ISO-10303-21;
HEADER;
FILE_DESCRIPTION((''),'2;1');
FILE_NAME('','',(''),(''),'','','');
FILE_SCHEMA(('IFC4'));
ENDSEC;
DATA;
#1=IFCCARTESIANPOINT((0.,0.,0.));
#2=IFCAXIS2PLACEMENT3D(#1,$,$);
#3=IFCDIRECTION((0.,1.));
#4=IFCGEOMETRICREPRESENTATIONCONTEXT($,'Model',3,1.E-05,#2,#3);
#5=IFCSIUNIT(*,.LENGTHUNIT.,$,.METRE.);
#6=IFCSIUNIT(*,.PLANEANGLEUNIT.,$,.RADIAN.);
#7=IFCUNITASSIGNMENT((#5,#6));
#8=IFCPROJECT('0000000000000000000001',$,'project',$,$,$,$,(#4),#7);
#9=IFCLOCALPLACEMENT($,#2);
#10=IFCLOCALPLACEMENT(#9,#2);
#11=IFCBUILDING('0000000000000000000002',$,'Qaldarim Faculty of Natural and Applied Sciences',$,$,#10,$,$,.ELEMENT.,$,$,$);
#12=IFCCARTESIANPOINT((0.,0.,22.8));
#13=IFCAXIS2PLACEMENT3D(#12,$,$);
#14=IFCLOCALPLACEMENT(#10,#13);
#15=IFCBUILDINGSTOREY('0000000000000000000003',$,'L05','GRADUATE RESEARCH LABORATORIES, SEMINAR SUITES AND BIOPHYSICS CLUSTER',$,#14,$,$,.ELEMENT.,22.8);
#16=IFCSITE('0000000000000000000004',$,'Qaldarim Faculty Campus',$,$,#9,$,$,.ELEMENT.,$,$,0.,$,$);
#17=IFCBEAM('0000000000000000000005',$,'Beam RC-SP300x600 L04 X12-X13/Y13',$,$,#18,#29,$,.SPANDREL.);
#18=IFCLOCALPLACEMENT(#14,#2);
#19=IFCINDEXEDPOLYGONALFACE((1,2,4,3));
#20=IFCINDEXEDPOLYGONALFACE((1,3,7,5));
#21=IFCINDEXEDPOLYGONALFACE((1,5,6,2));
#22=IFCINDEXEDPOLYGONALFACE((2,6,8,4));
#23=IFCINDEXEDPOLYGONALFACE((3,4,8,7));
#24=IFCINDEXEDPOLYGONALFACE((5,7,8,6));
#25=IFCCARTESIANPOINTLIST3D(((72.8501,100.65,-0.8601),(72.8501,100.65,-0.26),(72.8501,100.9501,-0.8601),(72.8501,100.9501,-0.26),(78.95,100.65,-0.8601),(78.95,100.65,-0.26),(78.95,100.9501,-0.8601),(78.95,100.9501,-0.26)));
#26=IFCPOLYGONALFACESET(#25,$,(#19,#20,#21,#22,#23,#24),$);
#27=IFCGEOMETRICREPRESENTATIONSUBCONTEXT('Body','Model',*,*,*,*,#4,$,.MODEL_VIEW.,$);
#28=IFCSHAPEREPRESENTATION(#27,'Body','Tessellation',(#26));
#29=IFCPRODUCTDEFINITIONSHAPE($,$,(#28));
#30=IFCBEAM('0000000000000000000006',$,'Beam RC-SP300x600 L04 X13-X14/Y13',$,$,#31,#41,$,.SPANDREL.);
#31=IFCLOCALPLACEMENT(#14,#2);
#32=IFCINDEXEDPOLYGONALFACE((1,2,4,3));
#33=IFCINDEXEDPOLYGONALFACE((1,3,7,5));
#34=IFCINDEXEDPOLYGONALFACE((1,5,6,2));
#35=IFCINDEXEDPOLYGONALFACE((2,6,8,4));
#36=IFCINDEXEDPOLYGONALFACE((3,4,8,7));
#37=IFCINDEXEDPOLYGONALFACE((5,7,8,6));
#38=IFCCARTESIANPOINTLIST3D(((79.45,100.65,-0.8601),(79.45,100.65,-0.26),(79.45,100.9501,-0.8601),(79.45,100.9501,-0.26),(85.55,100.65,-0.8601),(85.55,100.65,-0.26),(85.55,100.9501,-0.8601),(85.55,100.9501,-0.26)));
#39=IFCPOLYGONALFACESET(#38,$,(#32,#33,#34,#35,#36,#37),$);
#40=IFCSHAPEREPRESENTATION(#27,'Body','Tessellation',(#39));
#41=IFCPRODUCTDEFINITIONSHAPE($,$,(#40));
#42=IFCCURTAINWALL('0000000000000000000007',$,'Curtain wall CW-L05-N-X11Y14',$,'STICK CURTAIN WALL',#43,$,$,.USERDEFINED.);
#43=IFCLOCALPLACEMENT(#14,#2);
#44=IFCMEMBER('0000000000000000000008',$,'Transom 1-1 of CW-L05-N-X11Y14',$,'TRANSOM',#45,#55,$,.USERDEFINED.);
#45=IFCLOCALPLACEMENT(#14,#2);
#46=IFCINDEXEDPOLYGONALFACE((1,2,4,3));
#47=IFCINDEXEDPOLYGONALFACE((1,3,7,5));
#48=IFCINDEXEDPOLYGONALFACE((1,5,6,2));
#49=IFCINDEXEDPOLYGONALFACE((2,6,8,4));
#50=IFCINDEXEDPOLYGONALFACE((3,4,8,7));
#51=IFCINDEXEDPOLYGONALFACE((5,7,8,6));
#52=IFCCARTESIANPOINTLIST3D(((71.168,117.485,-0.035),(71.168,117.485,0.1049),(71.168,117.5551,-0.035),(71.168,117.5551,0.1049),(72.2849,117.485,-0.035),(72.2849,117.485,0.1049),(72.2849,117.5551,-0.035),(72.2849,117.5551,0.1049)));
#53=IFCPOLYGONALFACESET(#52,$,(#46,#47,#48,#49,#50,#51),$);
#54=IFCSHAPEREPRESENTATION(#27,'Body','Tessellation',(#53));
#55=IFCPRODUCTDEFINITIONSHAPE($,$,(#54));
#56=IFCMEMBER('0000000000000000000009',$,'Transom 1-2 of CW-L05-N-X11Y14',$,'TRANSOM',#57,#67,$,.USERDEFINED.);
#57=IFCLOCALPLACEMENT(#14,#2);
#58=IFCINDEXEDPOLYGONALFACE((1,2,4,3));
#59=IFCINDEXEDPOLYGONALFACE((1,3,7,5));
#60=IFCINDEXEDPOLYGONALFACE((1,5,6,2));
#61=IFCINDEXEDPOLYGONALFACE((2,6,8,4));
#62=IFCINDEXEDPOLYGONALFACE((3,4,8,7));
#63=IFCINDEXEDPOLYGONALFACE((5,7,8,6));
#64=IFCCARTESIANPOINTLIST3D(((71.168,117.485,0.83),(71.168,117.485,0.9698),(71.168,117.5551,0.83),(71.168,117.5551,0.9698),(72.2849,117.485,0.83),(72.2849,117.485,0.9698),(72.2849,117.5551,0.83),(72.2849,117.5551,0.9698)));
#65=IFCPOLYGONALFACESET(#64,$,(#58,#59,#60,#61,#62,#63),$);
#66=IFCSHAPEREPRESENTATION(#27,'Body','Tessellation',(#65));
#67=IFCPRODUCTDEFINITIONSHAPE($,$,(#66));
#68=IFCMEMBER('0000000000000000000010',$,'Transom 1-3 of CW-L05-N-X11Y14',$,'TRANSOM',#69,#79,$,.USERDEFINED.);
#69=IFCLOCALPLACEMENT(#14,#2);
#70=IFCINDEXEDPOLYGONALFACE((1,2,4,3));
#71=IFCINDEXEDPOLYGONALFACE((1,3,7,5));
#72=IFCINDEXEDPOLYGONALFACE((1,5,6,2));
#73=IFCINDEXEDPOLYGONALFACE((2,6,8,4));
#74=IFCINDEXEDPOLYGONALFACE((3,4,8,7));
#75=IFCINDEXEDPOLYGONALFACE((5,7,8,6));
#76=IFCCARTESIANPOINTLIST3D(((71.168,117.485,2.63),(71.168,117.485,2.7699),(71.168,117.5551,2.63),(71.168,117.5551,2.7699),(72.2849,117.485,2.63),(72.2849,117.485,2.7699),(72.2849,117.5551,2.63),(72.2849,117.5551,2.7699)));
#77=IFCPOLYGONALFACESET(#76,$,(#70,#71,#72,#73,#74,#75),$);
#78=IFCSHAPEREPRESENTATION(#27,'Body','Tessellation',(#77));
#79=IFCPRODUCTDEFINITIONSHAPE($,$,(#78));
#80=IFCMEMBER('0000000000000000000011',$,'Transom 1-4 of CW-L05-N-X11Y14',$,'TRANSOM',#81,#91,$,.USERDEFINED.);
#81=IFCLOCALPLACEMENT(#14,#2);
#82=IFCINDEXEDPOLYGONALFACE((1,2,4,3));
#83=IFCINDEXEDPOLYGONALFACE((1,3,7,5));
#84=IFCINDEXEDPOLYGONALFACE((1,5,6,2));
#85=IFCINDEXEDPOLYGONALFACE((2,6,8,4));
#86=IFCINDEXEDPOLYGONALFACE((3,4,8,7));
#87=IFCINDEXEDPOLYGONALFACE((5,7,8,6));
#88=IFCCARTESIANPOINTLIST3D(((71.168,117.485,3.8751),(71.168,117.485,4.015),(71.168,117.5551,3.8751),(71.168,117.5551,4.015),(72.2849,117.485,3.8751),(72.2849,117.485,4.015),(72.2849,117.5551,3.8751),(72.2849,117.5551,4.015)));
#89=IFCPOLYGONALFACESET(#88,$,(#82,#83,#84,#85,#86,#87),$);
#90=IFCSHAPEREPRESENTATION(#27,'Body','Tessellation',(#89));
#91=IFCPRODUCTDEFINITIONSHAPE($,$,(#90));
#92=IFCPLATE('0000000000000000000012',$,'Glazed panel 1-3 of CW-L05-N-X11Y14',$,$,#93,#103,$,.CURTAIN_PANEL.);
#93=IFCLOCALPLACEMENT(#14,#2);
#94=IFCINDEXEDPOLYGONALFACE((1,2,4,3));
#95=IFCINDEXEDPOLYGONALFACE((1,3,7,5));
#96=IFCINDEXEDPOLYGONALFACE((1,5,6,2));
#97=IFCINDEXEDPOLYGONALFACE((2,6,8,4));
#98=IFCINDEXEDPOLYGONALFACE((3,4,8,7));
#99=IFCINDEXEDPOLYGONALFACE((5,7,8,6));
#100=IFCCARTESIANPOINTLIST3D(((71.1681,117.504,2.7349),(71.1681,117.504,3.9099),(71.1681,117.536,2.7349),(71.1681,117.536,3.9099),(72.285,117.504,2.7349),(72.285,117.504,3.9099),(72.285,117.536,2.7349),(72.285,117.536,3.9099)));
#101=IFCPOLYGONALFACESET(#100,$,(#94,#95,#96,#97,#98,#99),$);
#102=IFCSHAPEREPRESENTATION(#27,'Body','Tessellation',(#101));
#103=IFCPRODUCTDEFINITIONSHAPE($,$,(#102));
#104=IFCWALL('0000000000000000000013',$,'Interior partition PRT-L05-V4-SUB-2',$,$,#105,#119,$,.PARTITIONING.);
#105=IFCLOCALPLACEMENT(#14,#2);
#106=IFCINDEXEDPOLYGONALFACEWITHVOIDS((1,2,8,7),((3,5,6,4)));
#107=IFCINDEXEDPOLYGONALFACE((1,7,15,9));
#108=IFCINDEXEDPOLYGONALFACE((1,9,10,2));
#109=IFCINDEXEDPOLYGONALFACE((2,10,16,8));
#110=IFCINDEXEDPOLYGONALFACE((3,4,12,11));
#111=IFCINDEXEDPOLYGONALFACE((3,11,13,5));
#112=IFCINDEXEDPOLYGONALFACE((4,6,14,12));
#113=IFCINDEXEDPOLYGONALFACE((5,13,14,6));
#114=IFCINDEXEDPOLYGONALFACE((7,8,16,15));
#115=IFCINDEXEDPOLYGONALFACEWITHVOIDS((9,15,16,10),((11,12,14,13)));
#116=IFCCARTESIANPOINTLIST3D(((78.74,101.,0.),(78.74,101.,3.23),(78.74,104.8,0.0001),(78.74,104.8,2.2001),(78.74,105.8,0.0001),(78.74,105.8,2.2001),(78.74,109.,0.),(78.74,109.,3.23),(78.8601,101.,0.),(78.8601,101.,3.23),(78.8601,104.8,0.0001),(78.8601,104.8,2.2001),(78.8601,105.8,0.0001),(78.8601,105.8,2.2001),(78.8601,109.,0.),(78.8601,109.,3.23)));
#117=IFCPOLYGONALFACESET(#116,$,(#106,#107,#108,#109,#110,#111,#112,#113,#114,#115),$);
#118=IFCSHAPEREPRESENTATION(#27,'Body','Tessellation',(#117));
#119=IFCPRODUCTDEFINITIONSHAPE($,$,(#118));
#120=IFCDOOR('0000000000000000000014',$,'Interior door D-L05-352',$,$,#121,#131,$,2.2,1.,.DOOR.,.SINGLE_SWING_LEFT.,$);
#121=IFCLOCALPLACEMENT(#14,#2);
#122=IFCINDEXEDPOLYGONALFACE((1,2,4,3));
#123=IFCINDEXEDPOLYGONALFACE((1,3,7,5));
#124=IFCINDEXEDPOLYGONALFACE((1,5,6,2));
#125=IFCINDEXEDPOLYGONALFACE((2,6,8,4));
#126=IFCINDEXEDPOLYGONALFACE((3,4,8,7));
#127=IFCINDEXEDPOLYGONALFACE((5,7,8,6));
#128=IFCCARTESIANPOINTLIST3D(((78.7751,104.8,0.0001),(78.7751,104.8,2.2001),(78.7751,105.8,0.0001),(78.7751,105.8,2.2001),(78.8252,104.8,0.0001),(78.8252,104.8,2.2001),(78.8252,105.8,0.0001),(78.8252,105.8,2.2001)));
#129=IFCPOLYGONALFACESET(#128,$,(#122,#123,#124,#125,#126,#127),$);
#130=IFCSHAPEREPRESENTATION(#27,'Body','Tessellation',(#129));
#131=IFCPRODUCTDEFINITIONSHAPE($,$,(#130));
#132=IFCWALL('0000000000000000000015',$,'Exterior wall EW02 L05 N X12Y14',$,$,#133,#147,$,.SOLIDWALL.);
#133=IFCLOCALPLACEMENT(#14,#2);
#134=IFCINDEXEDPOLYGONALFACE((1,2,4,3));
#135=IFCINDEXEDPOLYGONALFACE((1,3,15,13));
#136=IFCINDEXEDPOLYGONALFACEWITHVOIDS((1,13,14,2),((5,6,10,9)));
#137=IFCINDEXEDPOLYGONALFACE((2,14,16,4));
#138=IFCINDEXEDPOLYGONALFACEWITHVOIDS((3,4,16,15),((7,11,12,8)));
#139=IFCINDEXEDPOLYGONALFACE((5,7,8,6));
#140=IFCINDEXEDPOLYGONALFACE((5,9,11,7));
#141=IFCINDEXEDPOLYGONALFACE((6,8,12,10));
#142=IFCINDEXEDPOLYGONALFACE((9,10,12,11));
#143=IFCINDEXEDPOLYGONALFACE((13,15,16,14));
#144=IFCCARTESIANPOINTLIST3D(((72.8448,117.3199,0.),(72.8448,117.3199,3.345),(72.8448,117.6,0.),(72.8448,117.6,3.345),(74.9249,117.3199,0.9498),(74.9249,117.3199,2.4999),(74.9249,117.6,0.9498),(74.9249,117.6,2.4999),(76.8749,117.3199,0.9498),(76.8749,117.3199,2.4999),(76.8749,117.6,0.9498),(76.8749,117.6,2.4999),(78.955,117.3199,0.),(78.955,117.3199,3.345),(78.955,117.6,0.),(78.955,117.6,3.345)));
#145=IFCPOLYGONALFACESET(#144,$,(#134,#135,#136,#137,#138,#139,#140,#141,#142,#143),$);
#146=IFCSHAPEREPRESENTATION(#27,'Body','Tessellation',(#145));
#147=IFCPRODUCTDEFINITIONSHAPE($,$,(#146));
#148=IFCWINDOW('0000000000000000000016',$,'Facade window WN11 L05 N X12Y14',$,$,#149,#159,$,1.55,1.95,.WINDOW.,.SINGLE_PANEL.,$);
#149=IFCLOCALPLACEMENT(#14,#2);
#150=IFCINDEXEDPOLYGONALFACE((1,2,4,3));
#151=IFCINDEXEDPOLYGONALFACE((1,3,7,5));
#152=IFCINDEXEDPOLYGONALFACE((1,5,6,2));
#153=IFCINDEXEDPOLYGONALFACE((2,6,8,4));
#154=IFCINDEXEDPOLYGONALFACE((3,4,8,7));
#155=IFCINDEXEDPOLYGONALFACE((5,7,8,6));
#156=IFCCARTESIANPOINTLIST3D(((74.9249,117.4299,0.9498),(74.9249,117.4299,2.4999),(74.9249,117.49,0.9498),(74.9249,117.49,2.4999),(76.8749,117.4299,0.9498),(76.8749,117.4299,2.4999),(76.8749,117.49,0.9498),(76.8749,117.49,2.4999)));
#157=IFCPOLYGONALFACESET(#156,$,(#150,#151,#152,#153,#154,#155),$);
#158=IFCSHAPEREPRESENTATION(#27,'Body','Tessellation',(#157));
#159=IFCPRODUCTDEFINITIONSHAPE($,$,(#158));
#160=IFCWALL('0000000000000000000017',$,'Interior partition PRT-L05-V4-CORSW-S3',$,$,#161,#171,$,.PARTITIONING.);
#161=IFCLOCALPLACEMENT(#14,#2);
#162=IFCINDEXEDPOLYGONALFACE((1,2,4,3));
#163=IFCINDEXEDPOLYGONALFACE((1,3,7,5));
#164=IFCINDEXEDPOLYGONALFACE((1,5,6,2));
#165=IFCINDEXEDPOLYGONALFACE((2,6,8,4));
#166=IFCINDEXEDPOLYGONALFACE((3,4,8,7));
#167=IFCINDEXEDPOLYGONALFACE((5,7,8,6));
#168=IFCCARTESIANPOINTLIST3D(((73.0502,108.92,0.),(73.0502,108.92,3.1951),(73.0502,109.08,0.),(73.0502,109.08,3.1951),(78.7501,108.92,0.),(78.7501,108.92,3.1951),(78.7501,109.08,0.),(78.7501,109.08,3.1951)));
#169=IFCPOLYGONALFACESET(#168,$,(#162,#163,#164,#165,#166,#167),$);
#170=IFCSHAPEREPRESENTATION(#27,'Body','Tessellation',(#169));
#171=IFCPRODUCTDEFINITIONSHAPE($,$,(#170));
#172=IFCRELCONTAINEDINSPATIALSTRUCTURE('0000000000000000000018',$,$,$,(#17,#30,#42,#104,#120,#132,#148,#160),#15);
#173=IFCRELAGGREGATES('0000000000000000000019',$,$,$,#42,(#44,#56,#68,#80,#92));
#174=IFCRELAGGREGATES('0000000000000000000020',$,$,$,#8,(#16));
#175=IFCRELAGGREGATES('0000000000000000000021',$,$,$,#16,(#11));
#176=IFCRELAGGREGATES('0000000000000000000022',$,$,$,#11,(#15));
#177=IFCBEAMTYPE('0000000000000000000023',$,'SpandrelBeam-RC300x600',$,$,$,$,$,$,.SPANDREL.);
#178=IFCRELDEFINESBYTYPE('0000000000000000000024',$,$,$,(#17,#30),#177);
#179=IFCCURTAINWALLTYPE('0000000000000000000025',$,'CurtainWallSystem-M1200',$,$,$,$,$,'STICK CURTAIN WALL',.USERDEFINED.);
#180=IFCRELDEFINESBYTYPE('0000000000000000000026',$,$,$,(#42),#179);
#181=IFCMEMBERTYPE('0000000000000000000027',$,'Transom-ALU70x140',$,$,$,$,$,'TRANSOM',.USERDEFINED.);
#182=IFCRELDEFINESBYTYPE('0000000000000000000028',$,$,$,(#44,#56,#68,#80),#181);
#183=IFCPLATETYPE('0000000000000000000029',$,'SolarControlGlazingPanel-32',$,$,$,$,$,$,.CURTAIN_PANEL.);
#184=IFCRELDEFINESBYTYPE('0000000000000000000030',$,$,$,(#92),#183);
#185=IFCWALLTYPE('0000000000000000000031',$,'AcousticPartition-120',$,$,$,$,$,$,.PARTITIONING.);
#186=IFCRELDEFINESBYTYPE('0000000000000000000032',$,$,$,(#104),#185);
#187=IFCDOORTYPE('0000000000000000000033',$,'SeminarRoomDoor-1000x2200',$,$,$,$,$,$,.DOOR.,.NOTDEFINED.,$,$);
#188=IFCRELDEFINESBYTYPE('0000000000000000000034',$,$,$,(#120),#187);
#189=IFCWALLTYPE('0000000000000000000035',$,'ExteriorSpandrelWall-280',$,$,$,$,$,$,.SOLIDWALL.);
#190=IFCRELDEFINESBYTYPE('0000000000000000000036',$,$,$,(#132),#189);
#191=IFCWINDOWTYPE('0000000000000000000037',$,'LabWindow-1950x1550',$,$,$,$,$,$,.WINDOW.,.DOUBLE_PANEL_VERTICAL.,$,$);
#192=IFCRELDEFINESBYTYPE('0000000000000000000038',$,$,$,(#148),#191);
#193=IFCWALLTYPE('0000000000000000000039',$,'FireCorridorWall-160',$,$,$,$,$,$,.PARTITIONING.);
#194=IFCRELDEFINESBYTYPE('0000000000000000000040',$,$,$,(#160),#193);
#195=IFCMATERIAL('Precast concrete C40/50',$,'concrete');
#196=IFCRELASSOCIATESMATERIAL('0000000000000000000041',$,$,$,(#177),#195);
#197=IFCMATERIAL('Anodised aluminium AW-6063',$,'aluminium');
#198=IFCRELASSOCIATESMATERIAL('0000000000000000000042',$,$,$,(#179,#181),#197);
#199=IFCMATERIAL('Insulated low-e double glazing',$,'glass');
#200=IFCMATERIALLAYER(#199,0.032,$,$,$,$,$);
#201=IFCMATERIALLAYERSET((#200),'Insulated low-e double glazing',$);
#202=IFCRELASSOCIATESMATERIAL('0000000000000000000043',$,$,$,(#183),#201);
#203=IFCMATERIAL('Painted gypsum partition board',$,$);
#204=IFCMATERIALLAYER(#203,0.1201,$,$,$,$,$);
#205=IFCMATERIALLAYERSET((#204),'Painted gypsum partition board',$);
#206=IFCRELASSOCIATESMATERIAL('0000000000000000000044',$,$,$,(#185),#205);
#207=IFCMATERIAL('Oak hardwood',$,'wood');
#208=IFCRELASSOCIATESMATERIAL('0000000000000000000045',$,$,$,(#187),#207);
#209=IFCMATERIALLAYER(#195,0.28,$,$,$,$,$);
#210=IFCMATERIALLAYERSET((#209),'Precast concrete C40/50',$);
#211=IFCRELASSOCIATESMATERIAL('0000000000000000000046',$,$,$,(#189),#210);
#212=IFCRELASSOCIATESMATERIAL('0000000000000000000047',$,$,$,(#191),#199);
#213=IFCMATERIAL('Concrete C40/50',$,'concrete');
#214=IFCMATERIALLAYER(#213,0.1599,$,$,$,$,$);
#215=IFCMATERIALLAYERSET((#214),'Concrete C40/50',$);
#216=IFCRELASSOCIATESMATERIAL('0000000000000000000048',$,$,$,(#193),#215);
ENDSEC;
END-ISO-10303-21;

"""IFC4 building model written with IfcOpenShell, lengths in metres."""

from ifc_helpers import new_model, si_unit, direction, frame, frame_2d, origin, origin_2d, place, context, subcontext, project, spatial, rectangle, extrude, material, layer, layer_set, material_profile, profile_set, type_object, element, fill, aggregate, save


model = new_model("IFC4")

# Units and contexts
model_context = context("Model", 3, precision=1e-05, world=origin(), true_north=direction((0.0, 1.0)))
body_context = subcontext(model_context, "Body", "Model", "MODEL_VIEW")
ifc_project = project(units=[si_unit("LENGTHUNIT", "METRE"), si_unit("PLANEANGLEUNIT", "RADIAN")], contexts=[model_context])

# Site, building, storey
site_placement = place(None, origin())
site = spatial("IfcSite", under=ifc_project, at=site_placement, Name="Qaldarim Faculty Campus", CompositionType="ELEMENT", RefElevation=0.0)
building_placement = place(site_placement, origin())
building = spatial("IfcBuilding", under=site, at=building_placement, Name="Qaldarim Faculty of Natural and Applied Sciences", CompositionType="ELEMENT")
storey_placement = place(building_placement, frame((0.0, 0.0, 22.8)))
storey = spatial("IfcBuildingStorey", under=building, at=storey_placement, Name="L05", Description="GRADUATE RESEARCH LABORATORIES, SEMINAR SUITES AND BIOPHYSICS CLUSTER", CompositionType="ELEMENT", Elevation=22.8)

# Beams
ifc_material_1 = material(Name="Concrete C40/50", Category="concrete")
ifc_material_2 = material(Name="Precast concrete C40/50", Category="concrete")
ifc_material_profile_1 = material_profile(ifc_material_2, rectangle(XDim=0.3, YDim=0.6001, at=origin_2d()), Name="RC-SP300x600")
ifc_profile_set_1 = profile_set([ifc_material_profile_1], Name="Precast concrete C40/50")
beam_type_1 = type_object("IfcBeamType", Name="SpandrelBeam-RC300x600", PredefinedType="SPANDREL", material=ifc_profile_set_1)
beam_1_placement = place(storey_placement, frame((72.8501, 100.8, -0.5601), z_axis=(1.0, 0.0, 0.0), x_axis=(0.0, 1.0, 0.0)))
element("IfcBeam", 1, at=beam_1_placement, inside=storey, type_object=beam_type_1, Name="Beam RC-SP300x600 L04 X12-X13/Y13", PredefinedType="SPANDREL", context=body_context, shape_type="SweptSolid", body=[
    extrude(rectangle(XDim=0.3, YDim=0.6001, at=origin_2d()), origin(), (0.0, 0.0, 1.0), 6.0999),
])
beam_2_placement = place(storey_placement, frame((79.45, 100.8, -0.5601), z_axis=(1.0, 0.0, 0.0), x_axis=(0.0, 1.0, 0.0)))
element("IfcBeam", 2, at=beam_2_placement, inside=storey, type_object=beam_type_1, Name="Beam RC-SP300x600 L04 X13-X14/Y13", PredefinedType="SPANDREL", context=body_context, shape_type="SweptSolid", body=[
    extrude(rectangle(XDim=0.3, YDim=0.6001, at=origin_2d()), origin(), (0.0, 0.0, 1.0), 6.1001),
])

# Curtain wall, members, plate
ifc_material_3 = material(Name="Anodised aluminium AW-6063", Category="aluminium")
curtain_wall_type = type_object("IfcCurtainWallType", Name="CurtainWallSystem-M1200", ElementType="STICK CURTAIN WALL", PredefinedType="USERDEFINED", material=ifc_material_3)
curtain_wall_placement = place(storey_placement, origin())
curtain_wall = element("IfcCurtainWall", 3, at=curtain_wall_placement, inside=storey, type_object=curtain_wall_type, Name="Curtain wall CW-L05-N-X11Y14", ObjectType="STICK CURTAIN WALL", PredefinedType="USERDEFINED")
ifc_material_profile_2 = material_profile(ifc_material_3, rectangle(XDim=0.0701, YDim=0.1399, at=origin_2d()), Name="ALU-T70x140")
ifc_profile_set_2 = profile_set([ifc_material_profile_2], Name="Anodised aluminium AW-6063")
member_type = type_object("IfcMemberType", Name="Transom-ALU70x140", ElementType="TRANSOM", PredefinedType="USERDEFINED", material=ifc_profile_set_2)
member_1_placement = place(storey_placement, frame((72.2849, 117.52, 0.0349), z_axis=(-1.0, 0.0, 0.0), x_axis=(0.0, -1.0, 0.0)))
member_1 = element("IfcMember", 4, at=member_1_placement, type_object=member_type, Name="Transom 1-1 of CW-L05-N-X11Y14", ObjectType="TRANSOM", PredefinedType="USERDEFINED", context=body_context, shape_type="SweptSolid", body=[
    extrude(rectangle(XDim=0.0701, YDim=0.1399, at=origin_2d()), origin(), (0.0, 0.0, 1.0), 1.1169),
])
member_2_placement = place(storey_placement, frame((72.2849, 117.52, 0.8999), z_axis=(-1.0, 0.0, 0.0), x_axis=(0.0, -1.0, 0.0)))
member_2 = element("IfcMember", 5, at=member_2_placement, type_object=member_type, Name="Transom 1-2 of CW-L05-N-X11Y14", ObjectType="TRANSOM", PredefinedType="USERDEFINED", context=body_context, shape_type="SweptSolid", body=[
    extrude(rectangle(XDim=0.0701, YDim=0.1399, at=origin_2d()), origin(), (0.0, 0.0, 1.0), 1.1169),
])
member_3_placement = place(storey_placement, frame((72.2849, 117.52, 2.7), z_axis=(-1.0, 0.0, 0.0), x_axis=(0.0, -1.0, 0.0)))
member_3 = element("IfcMember", 6, at=member_3_placement, type_object=member_type, Name="Transom 1-3 of CW-L05-N-X11Y14", ObjectType="TRANSOM", PredefinedType="USERDEFINED", context=body_context, shape_type="SweptSolid", body=[
    extrude(rectangle(XDim=0.0701, YDim=0.1399, at=origin_2d()), origin(), (0.0, 0.0, 1.0), 1.1169),
])
member_4_placement = place(storey_placement, frame((72.2849, 117.52, 3.9451), z_axis=(-1.0, 0.0, 0.0), x_axis=(0.0, -1.0, 0.0)))
member_4 = element("IfcMember", 7, at=member_4_placement, type_object=member_type, Name="Transom 1-4 of CW-L05-N-X11Y14", ObjectType="TRANSOM", PredefinedType="USERDEFINED", context=body_context, shape_type="SweptSolid", body=[
    extrude(rectangle(XDim=0.0701, YDim=0.1399, at=origin_2d()), origin(), (0.0, 0.0, 1.0), 1.1169),
])
ifc_material_4 = material(Name="Insulated low-e double glazing", Category="glass")
ifc_layer_1 = layer(ifc_material_4, 0.032)
ifc_layer_set_1 = layer_set([ifc_layer_1], Name="Insulated low-e double glazing")
plate_type = type_object("IfcPlateType", Name="SolarControlGlazingPanel-32", PredefinedType="CURTAIN_PANEL", material=ifc_layer_set_1)
plate_placement = place(storey_placement, frame((71.7266, 117.52, 2.7349), z_axis=(0.0, 0.0, 1.0), x_axis=(-1.0, 0.0, 0.0)))
plate = element("IfcPlate", 8, at=plate_placement, type_object=plate_type, Name="Glazed panel 1-3 of CW-L05-N-X11Y14", PredefinedType="CURTAIN_PANEL", context=body_context, shape_type="SweptSolid", body=[
    extrude(rectangle(XDim=1.1169, YDim=0.032, at=origin_2d()), origin(), (0.0, 0.0, 1.0), 1.175),
])
aggregate(curtain_wall, [member_1, member_2, member_3, member_4, plate])

# Wall, opening, door
ifc_material_5 = material(Name="Painted gypsum partition board")
ifc_layer_2 = layer(ifc_material_5, 0.1201)
ifc_layer_set_2 = layer_set([ifc_layer_2], Name="Painted gypsum partition board")
wall_type_1 = type_object("IfcWallType", Name="AcousticPartition-120", PredefinedType="PARTITIONING", material=ifc_layer_set_2)
wall_1_placement = place(storey_placement, frame((78.8, 101.0, 0.0), z_axis=(0.0, 0.0, 1.0), x_axis=(0.0, 1.0, 0.0)))
wall_1 = element("IfcWall", 9, at=wall_1_placement, inside=storey, type_object=wall_type_1, Name="Interior partition PRT-L05-V4-SUB-2", PredefinedType="PARTITIONING", context=body_context, shape_type="SweptSolid", body=[
    extrude(rectangle(XDim=8.0, YDim=0.1201, at=frame_2d((4.0, 0.0))), origin(), (0.0, 0.0, 1.0), 3.23),
])
opening_1_placement = place(wall_1_placement, frame((3.8, 0.0, 0.0)))
opening_1 = element("IfcOpeningElement", 10, at=opening_1_placement, cuts=wall_1, PredefinedType="OPENING", context=body_context, shape_type="SweptSolid", body=[
    extrude(rectangle(XDim=1.0, YDim=2.2, at=frame_2d((0.5, 1.1001))), frame((0.0, 0.0701, 0.0), z_axis=(0.0, -1.0, 0.0), x_axis=(1.0, 0.0, 0.0)), (0.0, 0.0, 1.0), 0.1401),
])
ifc_material_6 = material(Name="Oak hardwood", Category="wood")
door_type_1 = type_object("IfcDoorType", Name="SeminarRoomDoor-1000x2200", OperationType="NOTDEFINED", PredefinedType="DOOR", material=ifc_material_6)
door_1_placement = place(opening_1_placement, origin())
door_1 = element("IfcDoor", 11, at=door_1_placement, inside=storey, type_object=door_type_1, Name="Interior door D-L05-352", OperationType="SINGLE_SWING_LEFT", OverallHeight=2.2, OverallWidth=1.0, PredefinedType="DOOR", context=body_context, shape_type="SweptSolid", body=[
    extrude(rectangle(XDim=1.0, YDim=2.2, at=frame_2d((0.5, 1.1001))), frame((0.0, 0.0249, 0.0), z_axis=(0.0, -1.0, 0.0), x_axis=(1.0, 0.0, 0.0)), (0.0, 0.0, 1.0), 0.05),
])
fill(opening_1, door_1)

# Wall, opening, window
ifc_layer_3 = layer(ifc_material_2, 0.28)
ifc_layer_set_3 = layer_set([ifc_layer_3], Name="Precast concrete C40/50")
wall_type_2 = type_object("IfcWallType", Name="ExteriorSpandrelWall-280", PredefinedType="SOLIDWALL", material=ifc_layer_set_3)
wall_2_placement = place(storey_placement, frame((78.9551, 117.46, 0.0), z_axis=(0.0, 0.0, 1.0), x_axis=(-1.0, 0.0, 0.0)))
wall_2 = element("IfcWall", 12, at=wall_2_placement, inside=storey, type_object=wall_type_2, Name="Exterior wall EW02 L05 N X12Y14", PredefinedType="SOLIDWALL", context=body_context, shape_type="SweptSolid", body=[
    extrude(rectangle(XDim=6.1101, YDim=0.28, at=frame_2d((3.0552, 0.0))), origin(), (0.0, 0.0, 1.0), 3.345),
])
opening_2_placement = place(wall_2_placement, frame((2.0801, 0.0, 0.95)))
opening_2 = element("IfcOpeningElement", 13, at=opening_2_placement, cuts=wall_2, PredefinedType="OPENING", context=body_context, shape_type="SweptSolid", body=[
    extrude(rectangle(XDim=1.95, YDim=1.55, at=frame_2d((0.9751, 0.7749))), frame((0.0, 0.1499, 0.0), z_axis=(0.0, -1.0, 0.0), x_axis=(1.0, 0.0, 0.0)), (0.0, 0.0, 1.0), 0.3),
])
window_type = type_object("IfcWindowType", Name="LabWindow-1950x1550", PartitioningType="DOUBLE_PANEL_VERTICAL", PredefinedType="WINDOW", material=ifc_material_4)
window_placement = place(opening_2_placement, origin())
window = element("IfcWindow", 14, at=window_placement, inside=storey, type_object=window_type, Name="Facade window WN11 L05 N X12Y14", OverallHeight=1.55, OverallWidth=1.95, PartitioningType="SINGLE_PANEL", PredefinedType="WINDOW", context=body_context, shape_type="SweptSolid", body=[
    extrude(rectangle(XDim=1.95, YDim=1.55, at=frame_2d((0.9751, 0.7749))), frame((0.0, 0.03, 0.0), z_axis=(0.0, -1.0, 0.0), x_axis=(1.0, 0.0, 0.0)), (0.0, 0.0, 1.0), 0.0601),
])
fill(opening_2, window)

# Wall
ifc_layer_4 = layer(ifc_material_1, 0.1599)
ifc_layer_set_4 = layer_set([ifc_layer_4], Name="Concrete C40/50")
wall_type_3 = type_object("IfcWallType", Name="FireCorridorWall-160", PredefinedType="PARTITIONING", material=ifc_layer_set_4)
wall_3_placement = place(storey_placement, frame((73.05, 109.0, 0.0), z_axis=(0.0, 0.0, 1.0), x_axis=(1.0, 0.0, 0.0)))
element("IfcWall", 15, at=wall_3_placement, inside=storey, type_object=wall_type_3, Name="Interior partition PRT-L05-V4-CORSW-S3", PredefinedType="PARTITIONING", context=body_context, shape_type="SweptSolid", body=[
    extrude(rectangle(XDim=5.7, YDim=0.1599, at=frame_2d((2.8501, 0.0))), origin(), (0.0, 0.0, 1.0), 3.1951),
])

save(model, "model.ifc")
